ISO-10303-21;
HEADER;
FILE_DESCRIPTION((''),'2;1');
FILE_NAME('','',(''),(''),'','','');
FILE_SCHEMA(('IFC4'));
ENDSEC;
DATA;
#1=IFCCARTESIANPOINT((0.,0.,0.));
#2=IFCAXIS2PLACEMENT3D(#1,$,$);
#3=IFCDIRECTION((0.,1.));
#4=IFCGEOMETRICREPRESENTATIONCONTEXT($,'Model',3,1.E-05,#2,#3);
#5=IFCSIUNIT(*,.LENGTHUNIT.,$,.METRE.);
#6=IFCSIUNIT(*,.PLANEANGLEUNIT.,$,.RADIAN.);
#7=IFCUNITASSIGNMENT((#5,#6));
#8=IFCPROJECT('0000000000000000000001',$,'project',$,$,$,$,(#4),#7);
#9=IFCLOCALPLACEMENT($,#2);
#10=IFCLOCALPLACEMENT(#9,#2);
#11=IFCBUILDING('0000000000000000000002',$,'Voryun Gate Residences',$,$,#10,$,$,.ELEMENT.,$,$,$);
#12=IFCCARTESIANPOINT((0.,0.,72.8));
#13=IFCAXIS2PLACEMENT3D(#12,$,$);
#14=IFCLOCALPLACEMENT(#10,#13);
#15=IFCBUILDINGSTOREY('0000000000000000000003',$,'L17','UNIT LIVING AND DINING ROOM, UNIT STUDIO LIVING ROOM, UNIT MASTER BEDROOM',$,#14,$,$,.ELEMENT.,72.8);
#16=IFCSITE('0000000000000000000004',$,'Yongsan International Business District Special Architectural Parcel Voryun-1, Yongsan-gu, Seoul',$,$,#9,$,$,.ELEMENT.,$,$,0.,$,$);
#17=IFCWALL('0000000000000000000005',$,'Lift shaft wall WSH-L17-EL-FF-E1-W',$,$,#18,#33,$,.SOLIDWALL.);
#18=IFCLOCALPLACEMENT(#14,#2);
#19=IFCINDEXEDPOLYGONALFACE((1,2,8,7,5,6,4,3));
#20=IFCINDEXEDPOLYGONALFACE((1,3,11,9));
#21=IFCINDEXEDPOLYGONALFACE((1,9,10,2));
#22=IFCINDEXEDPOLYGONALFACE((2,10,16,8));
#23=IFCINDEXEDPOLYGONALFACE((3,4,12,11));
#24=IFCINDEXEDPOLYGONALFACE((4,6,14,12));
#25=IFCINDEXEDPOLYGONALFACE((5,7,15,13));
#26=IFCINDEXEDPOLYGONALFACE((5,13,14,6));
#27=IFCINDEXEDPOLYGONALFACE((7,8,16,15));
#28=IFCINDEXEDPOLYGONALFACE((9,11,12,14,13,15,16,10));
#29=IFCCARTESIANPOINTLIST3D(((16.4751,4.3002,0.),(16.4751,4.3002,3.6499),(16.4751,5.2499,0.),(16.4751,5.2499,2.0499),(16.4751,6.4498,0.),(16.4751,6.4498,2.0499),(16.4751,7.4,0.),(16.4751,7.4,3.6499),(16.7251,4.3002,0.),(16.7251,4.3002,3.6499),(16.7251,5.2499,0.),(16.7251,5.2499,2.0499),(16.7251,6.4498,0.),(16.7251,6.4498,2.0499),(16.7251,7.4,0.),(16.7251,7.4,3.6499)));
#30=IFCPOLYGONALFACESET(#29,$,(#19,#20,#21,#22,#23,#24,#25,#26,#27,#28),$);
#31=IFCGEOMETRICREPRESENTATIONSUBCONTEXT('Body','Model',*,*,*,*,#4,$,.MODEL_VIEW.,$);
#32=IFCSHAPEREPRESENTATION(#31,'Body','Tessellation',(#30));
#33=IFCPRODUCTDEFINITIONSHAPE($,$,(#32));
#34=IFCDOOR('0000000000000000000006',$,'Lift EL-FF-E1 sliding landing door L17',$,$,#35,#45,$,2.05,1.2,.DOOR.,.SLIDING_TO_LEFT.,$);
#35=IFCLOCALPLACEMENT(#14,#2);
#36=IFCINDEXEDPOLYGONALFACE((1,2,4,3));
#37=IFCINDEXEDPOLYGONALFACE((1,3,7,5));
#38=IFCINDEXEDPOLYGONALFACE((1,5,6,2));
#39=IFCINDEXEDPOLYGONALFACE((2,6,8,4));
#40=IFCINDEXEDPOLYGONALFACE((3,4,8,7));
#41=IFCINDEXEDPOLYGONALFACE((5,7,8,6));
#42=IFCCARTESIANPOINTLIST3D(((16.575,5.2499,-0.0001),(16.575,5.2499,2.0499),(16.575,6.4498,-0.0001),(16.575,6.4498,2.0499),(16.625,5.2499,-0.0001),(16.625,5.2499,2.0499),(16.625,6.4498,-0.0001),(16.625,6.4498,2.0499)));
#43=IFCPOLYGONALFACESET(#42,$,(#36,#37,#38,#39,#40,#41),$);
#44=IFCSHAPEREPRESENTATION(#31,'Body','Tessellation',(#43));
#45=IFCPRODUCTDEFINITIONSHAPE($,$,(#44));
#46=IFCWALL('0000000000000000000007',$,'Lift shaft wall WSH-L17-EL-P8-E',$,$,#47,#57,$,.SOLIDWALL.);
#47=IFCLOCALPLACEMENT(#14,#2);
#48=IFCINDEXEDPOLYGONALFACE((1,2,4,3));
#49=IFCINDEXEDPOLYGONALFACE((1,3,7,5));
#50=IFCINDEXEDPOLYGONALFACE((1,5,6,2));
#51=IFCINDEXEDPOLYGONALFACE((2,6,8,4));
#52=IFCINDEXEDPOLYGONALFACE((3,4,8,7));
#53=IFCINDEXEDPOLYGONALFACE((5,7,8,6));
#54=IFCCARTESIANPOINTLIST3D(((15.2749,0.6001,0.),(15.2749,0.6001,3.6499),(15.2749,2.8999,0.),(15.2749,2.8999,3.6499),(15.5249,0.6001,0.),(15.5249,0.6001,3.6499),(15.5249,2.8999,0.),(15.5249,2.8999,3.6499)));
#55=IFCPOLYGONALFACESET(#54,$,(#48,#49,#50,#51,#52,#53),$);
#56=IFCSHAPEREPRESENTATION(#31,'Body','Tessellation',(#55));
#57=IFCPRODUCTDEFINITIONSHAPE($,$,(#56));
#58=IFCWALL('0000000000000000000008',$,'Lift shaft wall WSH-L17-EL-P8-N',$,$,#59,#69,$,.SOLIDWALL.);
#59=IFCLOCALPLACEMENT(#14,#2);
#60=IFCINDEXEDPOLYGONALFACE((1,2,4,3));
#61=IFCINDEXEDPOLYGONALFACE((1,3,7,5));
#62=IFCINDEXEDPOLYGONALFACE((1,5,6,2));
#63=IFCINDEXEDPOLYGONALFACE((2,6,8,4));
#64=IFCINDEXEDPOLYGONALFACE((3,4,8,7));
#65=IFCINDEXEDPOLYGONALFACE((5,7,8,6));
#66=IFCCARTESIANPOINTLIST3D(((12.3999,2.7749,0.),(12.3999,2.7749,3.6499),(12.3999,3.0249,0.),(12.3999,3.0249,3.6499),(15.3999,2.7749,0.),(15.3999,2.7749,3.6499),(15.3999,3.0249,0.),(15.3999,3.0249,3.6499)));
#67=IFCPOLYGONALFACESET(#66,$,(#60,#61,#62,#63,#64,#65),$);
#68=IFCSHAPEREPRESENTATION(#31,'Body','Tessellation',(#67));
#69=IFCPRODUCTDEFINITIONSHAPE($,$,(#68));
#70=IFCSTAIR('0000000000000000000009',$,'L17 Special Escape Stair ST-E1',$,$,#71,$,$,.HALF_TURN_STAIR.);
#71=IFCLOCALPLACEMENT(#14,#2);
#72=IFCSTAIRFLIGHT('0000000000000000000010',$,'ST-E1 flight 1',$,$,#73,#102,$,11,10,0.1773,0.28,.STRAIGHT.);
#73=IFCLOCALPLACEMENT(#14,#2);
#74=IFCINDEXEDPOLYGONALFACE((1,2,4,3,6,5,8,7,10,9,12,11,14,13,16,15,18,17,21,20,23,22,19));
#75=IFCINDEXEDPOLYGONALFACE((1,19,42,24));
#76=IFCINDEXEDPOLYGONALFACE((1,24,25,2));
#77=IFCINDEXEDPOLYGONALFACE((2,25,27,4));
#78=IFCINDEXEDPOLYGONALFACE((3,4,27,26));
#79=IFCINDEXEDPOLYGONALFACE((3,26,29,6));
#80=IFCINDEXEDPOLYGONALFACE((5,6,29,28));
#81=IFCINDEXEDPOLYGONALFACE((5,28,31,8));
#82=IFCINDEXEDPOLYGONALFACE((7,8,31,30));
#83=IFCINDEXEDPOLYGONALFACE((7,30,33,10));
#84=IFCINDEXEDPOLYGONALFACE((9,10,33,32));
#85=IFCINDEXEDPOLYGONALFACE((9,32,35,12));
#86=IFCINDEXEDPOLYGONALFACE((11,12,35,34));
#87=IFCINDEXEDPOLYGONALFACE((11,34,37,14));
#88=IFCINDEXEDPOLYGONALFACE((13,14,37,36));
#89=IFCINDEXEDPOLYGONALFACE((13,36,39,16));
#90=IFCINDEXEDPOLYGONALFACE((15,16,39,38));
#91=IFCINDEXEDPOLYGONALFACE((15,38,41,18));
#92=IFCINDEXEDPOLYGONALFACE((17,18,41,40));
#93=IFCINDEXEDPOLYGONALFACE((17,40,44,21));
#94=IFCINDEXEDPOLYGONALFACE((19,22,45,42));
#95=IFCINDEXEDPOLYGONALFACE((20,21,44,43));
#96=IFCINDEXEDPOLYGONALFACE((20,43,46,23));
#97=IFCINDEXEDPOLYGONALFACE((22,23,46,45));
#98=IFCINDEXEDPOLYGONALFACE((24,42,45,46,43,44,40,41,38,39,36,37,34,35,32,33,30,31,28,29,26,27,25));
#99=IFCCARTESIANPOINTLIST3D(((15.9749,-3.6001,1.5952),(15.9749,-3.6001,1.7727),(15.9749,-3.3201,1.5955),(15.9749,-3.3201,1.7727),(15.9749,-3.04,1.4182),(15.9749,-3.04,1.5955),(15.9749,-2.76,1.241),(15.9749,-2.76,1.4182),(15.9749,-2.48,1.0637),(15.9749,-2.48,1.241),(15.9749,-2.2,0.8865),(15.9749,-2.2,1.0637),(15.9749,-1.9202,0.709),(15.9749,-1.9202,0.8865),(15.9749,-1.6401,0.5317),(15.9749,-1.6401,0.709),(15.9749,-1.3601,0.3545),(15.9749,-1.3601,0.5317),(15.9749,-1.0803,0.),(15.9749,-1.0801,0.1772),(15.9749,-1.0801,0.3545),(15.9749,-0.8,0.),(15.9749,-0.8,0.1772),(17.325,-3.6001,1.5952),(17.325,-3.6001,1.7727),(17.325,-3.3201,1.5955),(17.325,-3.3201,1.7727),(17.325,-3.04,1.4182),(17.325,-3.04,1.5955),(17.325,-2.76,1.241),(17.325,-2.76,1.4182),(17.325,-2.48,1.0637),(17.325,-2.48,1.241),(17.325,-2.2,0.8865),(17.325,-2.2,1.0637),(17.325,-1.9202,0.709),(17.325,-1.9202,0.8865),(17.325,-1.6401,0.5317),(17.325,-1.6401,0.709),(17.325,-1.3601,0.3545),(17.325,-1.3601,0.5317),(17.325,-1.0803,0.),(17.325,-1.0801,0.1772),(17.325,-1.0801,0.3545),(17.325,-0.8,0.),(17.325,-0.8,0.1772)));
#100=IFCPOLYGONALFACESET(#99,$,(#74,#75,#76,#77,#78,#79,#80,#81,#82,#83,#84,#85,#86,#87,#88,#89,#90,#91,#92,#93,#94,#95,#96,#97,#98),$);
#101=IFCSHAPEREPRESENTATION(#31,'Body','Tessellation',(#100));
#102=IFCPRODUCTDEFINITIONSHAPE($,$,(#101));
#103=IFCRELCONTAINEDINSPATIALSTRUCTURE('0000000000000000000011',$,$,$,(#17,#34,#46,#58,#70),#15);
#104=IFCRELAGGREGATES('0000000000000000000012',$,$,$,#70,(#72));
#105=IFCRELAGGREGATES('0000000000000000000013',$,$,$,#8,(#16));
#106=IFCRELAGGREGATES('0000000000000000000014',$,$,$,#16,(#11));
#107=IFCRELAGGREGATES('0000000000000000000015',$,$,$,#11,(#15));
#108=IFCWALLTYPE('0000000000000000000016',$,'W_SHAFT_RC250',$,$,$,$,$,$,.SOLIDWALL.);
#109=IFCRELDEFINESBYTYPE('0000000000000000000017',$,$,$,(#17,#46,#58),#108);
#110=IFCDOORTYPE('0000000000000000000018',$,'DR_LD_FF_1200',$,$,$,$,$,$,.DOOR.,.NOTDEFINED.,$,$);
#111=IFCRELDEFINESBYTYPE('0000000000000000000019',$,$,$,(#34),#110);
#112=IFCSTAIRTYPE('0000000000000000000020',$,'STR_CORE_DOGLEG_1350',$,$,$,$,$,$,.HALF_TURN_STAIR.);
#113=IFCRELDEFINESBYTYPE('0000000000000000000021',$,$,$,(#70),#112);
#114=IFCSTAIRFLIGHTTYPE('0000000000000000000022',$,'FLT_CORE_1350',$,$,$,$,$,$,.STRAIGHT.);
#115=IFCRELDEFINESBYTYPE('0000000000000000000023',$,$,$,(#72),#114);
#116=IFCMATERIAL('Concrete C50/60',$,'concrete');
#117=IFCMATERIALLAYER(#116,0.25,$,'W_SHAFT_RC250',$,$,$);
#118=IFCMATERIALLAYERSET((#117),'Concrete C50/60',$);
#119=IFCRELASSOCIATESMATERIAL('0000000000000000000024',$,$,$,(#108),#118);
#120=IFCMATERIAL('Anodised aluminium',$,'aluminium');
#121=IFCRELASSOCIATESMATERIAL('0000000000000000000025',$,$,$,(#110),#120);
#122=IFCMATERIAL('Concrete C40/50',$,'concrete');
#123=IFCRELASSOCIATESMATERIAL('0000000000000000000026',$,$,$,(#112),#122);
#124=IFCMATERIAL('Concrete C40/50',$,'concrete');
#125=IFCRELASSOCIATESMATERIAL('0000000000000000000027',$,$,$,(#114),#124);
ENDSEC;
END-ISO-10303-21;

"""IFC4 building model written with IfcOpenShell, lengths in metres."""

from ifc_helpers import new_model, si_unit, direction, frame, frame_2d, origin, place, context, subcontext, project, spatial, polyline, rectangle, outline, extrude, material, layer, layer_set, type_object, element, fill, aggregate, save


model = new_model("IFC4")

# Units and contexts
model_context = context("Model", 3, precision=1e-05, world=origin(), true_north=direction((0.0, 1.0)))
body_context = subcontext(model_context, "Body", "Model", "MODEL_VIEW")
ifc_project = project(units=[si_unit("LENGTHUNIT", "METRE"), si_unit("PLANEANGLEUNIT", "RADIAN")], contexts=[model_context])

# Site, building, storey
site_placement = place(None, origin())
site = spatial("IfcSite", under=ifc_project, at=site_placement, Name="Yongsan International Business District Special Architectural Parcel Voryun-1, Yongsan-gu, Seoul", CompositionType="ELEMENT", RefElevation=0.0)
building_placement = place(site_placement, origin())
building = spatial("IfcBuilding", under=site, at=building_placement, Name="Voryun Gate Residences", CompositionType="ELEMENT")
storey_placement = place(building_placement, frame((0.0, 0.0, 72.8)))
storey = spatial("IfcBuildingStorey", under=building, at=storey_placement, Name="L17", Description="UNIT LIVING AND DINING ROOM, UNIT STUDIO LIVING ROOM, UNIT MASTER BEDROOM", CompositionType="ELEMENT", Elevation=72.8)

# Shared definitions
ifc_material_1 = material(Name="Concrete C50/60", Category="concrete")
ifc_layer_1 = layer(ifc_material_1, 0.25, Name="W_SHAFT_RC250")
ifc_layer_set_1 = layer_set([ifc_layer_1], Name="Concrete C50/60")
wall_type_1 = type_object("IfcWallType", Name="W_SHAFT_RC250", PredefinedType="SOLIDWALL", material=ifc_layer_set_1)

# Wall, opening, door
wall_1_placement = place(storey_placement, frame((16.6001, 7.3999, 0.0), z_axis=(0.0, 0.0, 1.0), x_axis=(0.0, -1.0, 0.0)))
wall_1 = element("IfcWall", 1, at=wall_1_placement, inside=storey, type_object=wall_type_1, Name="Lift shaft wall WSH-L17-EL-FF-E1-W", PredefinedType="SOLIDWALL", context=body_context, shape_type="SweptSolid", body=[
    extrude(rectangle(XDim=3.0999, YDim=0.25, at=frame_2d((1.5498, 0.0))), origin(), (0.0, 0.0, 1.0), 3.6499),
])
opening_1_placement = place(wall_1_placement, frame((0.95, 0.0, 0.0)))
opening_1 = element("IfcOpeningElement", 2, at=opening_1_placement, cuts=wall_1, PredefinedType="OPENING", context=body_context, shape_type="SweptSolid", body=[
    extrude(rectangle(XDim=1.2, YDim=2.05, at=frame_2d((0.6001, 1.0249))), frame((0.0, 0.135, 0.0), z_axis=(0.0, -1.0, 0.0), x_axis=(1.0, 0.0, 0.0)), (0.0, 0.0, 1.0), 0.27),
])
ifc_material_2 = material(Name="Anodised aluminium", Category="aluminium")
door_type_1 = type_object("IfcDoorType", Name="DR_LD_FF_1200", OperationType="NOTDEFINED", PredefinedType="DOOR", material=ifc_material_2)
door_1_placement = place(opening_1_placement, origin())
door_1 = element("IfcDoor", 3, at=door_1_placement, inside=storey, type_object=door_type_1, Name="Lift EL-FF-E1 sliding landing door L17", OperationType="SLIDING_TO_LEFT", OverallHeight=2.05, OverallWidth=1.2, PredefinedType="DOOR", context=body_context, shape_type="SweptSolid", body=[
    extrude(rectangle(XDim=1.2, YDim=2.05, at=frame_2d((0.6001, 1.0249))), frame((0.0, 0.0249, 0.0), z_axis=(0.0, -1.0, 0.0), x_axis=(1.0, 0.0, 0.0)), (0.0, 0.0, 1.0), 0.05),
])
fill(opening_1, door_1)

# Walls
wall_2_placement = place(storey_placement, frame((15.3999, 0.6001, 0.0), z_axis=(0.0, 0.0, 1.0), x_axis=(0.0, 1.0, 0.0)))
element("IfcWall", 4, at=wall_2_placement, inside=storey, type_object=wall_type_1, Name="Lift shaft wall WSH-L17-EL-P8-E", PredefinedType="SOLIDWALL", context=body_context, shape_type="SweptSolid", body=[
    extrude(rectangle(XDim=2.2998, YDim=0.25, at=frame_2d((1.1499, 0.0))), origin(), (0.0, 0.0, 1.0), 3.6499),
])
wall_3_placement = place(storey_placement, frame((15.3999, 2.8999, 0.0), z_axis=(0.0, 0.0, 1.0), x_axis=(-1.0, 0.0, 0.0)))
element("IfcWall", 5, at=wall_3_placement, inside=storey, type_object=wall_type_1, Name="Lift shaft wall WSH-L17-EL-P8-N", PredefinedType="SOLIDWALL", context=body_context, shape_type="SweptSolid", body=[
    extrude(rectangle(XDim=3.0, YDim=0.25, at=frame_2d((1.5, 0.0))), origin(), (0.0, 0.0, 1.0), 3.6499),
])

# Stair, stair flight
ifc_material_3 = material(Name="Concrete C40/50", Category="concrete")
stair_type = type_object("IfcStairType", Name="STR_CORE_DOGLEG_1350", PredefinedType="HALF_TURN_STAIR", material=ifc_material_3)
stair_placement = place(storey_placement, origin())
stair = element("IfcStair", 6, at=stair_placement, inside=storey, type_object=stair_type, Name="L17 Special Escape Stair ST-E1", PredefinedType="HALF_TURN_STAIR")
ifc_material_4 = material(Name="Concrete C40/50", Category="concrete")
stair_flight_type = type_object("IfcStairFlightType", Name="FLT_CORE_1350", PredefinedType="STRAIGHT", material=ifc_material_4)
stair_flight_placement = place(storey_placement, frame((16.6499, -0.8, 0.0), z_axis=(0.0, 0.0, 1.0), x_axis=(0.0, -1.0, 0.0)))
stair_flight = element("IfcStairFlight", 7, at=stair_flight_placement, type_object=stair_flight_type, Name="ST-E1 flight 1", NumberOfRisers=11, NumberOfTreads=10, PredefinedType="STRAIGHT", RiserHeight=0.1773, TreadLength=0.28, context=body_context, shape_type="SweptSolid", body=[
    extrude(outline(polyline([(0.0, 0.0), (0.0, 0.1772), (0.28, 0.1772), (0.28, 0.3545), (0.5601, 0.3545), (0.5601, 0.5317), (0.8401, 0.5317), (0.8401, 0.709), (1.1201, 0.709), (1.1201, 0.8865), (1.3999, 0.8865), (1.3999, 1.0637), (1.6799, 1.0637), (1.6799, 1.241), (1.96, 1.241), (1.96, 1.4182), (2.24, 1.4182), (2.24, 1.5955), (2.52, 1.5955), (2.52, 1.7727), (2.8, 1.7727), (2.8, 1.95), (2.8, 1.5952), (0.2803, 0.0), (0.0, 0.0)])), frame((0.0, 0.675, 0.0), z_axis=(0.0, -1.0, 0.0), x_axis=(1.0, 0.0, 0.0)), (0.0, 0.0, 1.0), 1.3501),
])
aggregate(stair, [stair_flight])

save(model, "model.ifc")
